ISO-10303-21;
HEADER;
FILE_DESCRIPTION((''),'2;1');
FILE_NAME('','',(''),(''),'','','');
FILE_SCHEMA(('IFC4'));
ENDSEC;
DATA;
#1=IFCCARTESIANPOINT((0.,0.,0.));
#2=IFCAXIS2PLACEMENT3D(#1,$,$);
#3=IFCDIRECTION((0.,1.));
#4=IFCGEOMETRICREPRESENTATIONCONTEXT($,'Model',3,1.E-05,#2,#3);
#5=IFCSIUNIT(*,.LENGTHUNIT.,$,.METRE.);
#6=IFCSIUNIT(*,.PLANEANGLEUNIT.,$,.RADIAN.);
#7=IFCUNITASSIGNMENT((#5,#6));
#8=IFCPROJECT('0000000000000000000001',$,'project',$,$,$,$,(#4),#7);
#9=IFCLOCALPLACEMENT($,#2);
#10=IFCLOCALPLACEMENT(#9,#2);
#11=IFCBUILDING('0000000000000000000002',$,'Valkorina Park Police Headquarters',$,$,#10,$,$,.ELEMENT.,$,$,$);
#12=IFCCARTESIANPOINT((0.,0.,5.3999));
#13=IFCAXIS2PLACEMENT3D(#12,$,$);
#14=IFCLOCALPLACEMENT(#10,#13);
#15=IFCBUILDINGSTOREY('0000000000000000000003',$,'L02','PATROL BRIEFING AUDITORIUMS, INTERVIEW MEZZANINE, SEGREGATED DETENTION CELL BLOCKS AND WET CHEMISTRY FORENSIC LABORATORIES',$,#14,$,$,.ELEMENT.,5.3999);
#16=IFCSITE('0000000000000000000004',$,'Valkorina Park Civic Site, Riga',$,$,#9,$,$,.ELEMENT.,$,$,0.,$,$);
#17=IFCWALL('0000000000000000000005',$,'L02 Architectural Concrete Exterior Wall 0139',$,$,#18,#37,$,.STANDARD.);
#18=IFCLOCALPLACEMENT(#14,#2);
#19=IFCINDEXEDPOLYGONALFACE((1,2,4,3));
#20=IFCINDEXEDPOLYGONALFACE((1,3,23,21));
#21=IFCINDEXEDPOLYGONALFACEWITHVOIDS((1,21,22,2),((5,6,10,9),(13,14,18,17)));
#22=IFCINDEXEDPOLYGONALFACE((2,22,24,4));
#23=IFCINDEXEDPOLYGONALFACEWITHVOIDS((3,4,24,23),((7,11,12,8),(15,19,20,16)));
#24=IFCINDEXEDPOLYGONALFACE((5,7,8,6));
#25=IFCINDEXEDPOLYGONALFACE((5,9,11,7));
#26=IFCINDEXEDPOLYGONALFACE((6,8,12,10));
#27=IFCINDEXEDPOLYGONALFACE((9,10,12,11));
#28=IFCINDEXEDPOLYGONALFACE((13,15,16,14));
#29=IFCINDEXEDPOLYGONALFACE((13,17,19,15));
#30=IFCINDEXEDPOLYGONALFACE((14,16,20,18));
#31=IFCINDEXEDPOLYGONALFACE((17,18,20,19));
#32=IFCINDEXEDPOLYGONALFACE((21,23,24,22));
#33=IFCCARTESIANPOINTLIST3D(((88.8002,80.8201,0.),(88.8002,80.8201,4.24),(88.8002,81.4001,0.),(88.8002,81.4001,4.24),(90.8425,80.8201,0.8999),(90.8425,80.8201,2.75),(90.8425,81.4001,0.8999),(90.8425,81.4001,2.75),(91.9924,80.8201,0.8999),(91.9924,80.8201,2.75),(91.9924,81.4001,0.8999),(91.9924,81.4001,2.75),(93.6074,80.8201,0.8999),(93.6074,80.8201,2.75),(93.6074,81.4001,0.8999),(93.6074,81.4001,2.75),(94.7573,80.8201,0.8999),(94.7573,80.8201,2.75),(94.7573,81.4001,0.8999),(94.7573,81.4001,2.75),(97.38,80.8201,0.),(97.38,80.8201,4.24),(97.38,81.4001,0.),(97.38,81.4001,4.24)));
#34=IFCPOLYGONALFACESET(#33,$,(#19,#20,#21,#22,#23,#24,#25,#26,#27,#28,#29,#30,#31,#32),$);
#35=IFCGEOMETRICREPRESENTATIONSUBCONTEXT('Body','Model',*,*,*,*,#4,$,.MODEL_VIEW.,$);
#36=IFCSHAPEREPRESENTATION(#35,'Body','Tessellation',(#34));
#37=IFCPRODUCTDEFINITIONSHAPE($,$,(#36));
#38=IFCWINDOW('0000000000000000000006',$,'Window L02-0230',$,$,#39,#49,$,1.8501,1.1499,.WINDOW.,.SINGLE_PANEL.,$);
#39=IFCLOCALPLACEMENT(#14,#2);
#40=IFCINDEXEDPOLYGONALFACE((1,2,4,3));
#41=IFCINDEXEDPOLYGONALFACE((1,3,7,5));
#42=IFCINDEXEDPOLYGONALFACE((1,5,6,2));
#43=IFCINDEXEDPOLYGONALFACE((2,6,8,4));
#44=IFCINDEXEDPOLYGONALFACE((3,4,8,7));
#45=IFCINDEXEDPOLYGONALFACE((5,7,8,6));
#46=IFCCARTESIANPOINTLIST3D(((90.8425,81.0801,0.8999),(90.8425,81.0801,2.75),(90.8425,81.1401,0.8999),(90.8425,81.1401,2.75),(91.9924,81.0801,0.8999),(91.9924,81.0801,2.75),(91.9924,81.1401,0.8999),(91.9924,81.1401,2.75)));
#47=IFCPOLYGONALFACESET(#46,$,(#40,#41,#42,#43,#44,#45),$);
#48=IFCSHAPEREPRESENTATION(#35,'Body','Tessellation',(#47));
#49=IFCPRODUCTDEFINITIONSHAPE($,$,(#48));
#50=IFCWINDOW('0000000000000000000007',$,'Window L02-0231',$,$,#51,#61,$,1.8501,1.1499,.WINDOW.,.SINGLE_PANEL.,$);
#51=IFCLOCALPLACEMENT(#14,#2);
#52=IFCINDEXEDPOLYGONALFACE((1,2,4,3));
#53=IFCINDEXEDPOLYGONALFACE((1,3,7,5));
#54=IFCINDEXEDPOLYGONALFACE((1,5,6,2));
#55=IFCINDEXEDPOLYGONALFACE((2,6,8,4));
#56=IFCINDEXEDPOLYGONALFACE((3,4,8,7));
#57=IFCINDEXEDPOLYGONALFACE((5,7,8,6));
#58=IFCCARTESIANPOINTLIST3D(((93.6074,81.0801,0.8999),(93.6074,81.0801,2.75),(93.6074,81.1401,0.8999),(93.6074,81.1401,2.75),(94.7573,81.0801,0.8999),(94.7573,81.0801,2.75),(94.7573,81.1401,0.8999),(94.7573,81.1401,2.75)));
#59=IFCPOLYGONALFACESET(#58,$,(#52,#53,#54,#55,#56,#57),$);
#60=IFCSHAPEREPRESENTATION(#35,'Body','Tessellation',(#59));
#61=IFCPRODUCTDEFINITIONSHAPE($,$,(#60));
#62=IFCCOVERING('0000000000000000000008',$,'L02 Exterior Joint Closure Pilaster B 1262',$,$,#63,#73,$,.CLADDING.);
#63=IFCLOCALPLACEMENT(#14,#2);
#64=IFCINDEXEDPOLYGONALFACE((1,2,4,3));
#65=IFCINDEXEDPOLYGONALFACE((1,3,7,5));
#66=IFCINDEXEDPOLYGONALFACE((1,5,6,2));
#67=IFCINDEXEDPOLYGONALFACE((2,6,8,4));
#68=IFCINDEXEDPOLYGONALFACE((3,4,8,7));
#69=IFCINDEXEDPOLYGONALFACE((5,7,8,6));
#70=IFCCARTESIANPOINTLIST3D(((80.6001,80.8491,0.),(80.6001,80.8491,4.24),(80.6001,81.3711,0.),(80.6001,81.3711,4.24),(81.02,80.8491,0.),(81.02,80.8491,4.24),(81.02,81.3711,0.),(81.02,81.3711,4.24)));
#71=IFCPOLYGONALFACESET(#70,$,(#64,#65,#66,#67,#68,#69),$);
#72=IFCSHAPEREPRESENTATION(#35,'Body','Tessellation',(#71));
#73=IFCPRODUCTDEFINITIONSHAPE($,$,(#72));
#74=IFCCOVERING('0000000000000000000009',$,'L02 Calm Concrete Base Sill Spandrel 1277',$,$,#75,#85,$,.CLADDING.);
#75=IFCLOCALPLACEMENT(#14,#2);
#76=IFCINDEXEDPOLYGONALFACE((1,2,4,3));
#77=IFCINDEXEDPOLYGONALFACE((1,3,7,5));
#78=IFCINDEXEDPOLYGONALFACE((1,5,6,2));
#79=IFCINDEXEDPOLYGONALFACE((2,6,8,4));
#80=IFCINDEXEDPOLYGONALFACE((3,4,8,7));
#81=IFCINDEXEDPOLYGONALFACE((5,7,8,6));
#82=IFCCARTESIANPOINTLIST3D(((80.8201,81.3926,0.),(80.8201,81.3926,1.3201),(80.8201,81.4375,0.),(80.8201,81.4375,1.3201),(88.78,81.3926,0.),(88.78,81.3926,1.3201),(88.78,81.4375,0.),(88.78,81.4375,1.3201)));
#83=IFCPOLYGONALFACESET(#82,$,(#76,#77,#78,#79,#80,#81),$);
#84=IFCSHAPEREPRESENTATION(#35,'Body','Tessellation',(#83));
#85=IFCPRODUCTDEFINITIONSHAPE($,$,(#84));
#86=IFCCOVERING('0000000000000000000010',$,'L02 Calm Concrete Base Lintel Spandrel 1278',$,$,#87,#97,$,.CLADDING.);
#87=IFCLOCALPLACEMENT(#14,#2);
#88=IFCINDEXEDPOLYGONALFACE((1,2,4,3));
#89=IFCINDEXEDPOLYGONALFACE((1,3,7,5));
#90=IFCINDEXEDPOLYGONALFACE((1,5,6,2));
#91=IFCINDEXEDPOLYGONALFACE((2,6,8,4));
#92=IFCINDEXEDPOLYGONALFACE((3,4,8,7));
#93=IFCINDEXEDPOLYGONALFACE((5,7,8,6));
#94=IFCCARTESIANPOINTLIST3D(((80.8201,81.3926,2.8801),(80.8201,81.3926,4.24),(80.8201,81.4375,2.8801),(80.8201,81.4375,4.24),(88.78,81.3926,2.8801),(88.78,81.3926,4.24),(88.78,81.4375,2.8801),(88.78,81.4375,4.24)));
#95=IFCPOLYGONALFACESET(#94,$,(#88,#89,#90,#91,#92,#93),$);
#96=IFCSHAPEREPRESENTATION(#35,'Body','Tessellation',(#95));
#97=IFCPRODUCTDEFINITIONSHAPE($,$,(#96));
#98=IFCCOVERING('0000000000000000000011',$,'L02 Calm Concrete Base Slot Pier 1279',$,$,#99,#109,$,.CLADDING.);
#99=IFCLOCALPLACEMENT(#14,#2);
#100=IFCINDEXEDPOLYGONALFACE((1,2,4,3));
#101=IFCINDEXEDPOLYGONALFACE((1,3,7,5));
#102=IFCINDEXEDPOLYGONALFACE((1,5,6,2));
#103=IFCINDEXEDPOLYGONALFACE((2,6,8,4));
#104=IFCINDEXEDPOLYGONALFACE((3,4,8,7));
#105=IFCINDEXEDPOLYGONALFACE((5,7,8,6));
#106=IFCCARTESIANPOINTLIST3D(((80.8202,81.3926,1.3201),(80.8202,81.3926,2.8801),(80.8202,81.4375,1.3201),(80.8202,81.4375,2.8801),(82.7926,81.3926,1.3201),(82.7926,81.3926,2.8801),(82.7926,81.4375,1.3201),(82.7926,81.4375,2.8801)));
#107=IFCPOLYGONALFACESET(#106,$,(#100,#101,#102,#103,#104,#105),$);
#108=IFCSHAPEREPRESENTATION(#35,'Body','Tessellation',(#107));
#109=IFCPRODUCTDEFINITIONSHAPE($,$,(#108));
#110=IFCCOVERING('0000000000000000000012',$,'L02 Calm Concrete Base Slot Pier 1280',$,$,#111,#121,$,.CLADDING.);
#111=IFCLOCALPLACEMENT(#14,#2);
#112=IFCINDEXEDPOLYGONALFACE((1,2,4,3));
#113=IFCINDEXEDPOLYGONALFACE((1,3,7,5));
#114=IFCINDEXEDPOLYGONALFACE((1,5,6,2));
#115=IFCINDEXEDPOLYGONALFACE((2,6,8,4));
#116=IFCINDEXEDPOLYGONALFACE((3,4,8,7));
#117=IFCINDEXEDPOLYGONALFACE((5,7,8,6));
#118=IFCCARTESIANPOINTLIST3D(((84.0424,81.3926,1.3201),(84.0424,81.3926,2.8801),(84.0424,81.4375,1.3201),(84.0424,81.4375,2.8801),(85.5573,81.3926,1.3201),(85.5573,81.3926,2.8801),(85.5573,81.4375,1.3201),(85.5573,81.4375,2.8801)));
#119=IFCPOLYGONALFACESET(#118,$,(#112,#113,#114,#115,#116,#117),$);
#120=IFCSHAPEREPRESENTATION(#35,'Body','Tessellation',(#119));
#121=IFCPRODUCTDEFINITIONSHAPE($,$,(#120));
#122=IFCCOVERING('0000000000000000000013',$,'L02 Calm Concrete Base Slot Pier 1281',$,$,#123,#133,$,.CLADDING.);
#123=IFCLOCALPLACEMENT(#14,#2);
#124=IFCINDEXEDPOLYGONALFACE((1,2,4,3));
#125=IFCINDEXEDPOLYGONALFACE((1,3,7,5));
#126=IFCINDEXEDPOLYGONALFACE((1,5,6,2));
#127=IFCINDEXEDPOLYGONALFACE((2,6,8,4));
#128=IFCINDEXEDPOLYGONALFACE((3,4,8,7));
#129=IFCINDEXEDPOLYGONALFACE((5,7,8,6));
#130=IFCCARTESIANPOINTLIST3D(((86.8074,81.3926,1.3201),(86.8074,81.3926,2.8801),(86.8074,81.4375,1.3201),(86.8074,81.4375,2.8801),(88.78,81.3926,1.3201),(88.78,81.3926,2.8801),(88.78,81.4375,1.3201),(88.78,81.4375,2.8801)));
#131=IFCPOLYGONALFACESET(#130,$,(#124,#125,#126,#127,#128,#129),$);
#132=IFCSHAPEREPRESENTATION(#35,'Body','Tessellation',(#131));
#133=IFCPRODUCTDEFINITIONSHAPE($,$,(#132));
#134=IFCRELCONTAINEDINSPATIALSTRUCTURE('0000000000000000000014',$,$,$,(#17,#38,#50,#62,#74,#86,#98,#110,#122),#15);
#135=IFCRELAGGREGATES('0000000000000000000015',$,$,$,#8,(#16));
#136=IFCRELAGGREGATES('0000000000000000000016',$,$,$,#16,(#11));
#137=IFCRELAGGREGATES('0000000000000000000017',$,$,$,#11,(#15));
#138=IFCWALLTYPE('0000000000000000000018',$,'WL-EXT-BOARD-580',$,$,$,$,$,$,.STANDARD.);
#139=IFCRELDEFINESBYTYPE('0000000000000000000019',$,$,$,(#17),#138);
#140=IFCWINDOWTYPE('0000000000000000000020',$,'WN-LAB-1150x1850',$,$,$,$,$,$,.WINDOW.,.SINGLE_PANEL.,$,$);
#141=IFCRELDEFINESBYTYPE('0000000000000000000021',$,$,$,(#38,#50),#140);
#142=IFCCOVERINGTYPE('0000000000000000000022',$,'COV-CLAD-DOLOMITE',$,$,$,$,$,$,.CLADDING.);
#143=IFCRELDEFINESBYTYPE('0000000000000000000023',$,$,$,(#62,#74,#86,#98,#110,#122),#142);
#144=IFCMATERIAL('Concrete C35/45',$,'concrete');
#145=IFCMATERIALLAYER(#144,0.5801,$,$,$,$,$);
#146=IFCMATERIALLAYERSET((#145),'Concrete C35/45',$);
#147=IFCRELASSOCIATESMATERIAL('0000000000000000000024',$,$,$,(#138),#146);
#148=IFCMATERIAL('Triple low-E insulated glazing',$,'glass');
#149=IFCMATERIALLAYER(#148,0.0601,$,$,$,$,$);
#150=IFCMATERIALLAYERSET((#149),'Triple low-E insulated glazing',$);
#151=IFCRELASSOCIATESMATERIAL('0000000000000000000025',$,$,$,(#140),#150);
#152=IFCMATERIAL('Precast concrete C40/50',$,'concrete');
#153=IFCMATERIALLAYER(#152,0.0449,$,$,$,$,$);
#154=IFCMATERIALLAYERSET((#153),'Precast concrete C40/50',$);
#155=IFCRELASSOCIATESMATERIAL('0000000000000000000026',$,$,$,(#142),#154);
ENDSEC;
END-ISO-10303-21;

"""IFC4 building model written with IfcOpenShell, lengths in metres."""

from ifc_helpers import new_model, si_unit, direction, frame, frame_2d, origin, origin_2d, place, context, subcontext, project, spatial, rectangle, extrude, material, layer, layer_set, type_object, element, fill, save


model = new_model("IFC4")

# Units and contexts
model_context = context("Model", 3, precision=1e-05, world=origin(), true_north=direction((0.0, 1.0)))
body_context = subcontext(model_context, "Body", "Model", "MODEL_VIEW")
ifc_project = project(units=[si_unit("LENGTHUNIT", "METRE"), si_unit("PLANEANGLEUNIT", "RADIAN")], contexts=[model_context])

# Site, building, storey
site_placement = place(None, origin())
site = spatial("IfcSite", under=ifc_project, at=site_placement, Name="Valkorina Park Civic Site, Riga", CompositionType="ELEMENT", RefElevation=0.0)
building_placement = place(site_placement, origin())
building = spatial("IfcBuilding", under=site, at=building_placement, Name="Valkorina Park Police Headquarters", CompositionType="ELEMENT")
storey_placement = place(building_placement, frame((0.0, 0.0, 5.3999)))
storey = spatial("IfcBuildingStorey", under=building, at=storey_placement, Name="L02", Description="PATROL BRIEFING AUDITORIUMS, INTERVIEW MEZZANINE, SEGREGATED DETENTION CELL BLOCKS AND WET CHEMISTRY FORENSIC LABORATORIES", CompositionType="ELEMENT", Elevation=5.3999)

# Wall, openings, windows
ifc_material_1 = material(Name="Concrete C35/45", Category="concrete")
ifc_layer_1 = layer(ifc_material_1, 0.5801)
ifc_layer_set_1 = layer_set([ifc_layer_1], Name="Concrete C35/45")
wall_type_1 = type_object("IfcWallType", Name="WL-EXT-BOARD-580", PredefinedType="STANDARD", material=ifc_layer_set_1)
ifc_material_2 = material(Name="Triple low-E insulated glazing", Category="glass")
wall_1_placement = place(storey_placement, frame((88.8, 81.1101, 0.0), z_axis=(0.0, 0.0, 1.0), x_axis=(1.0, 0.0, 0.0)))
wall_1 = element("IfcWall", 1, at=wall_1_placement, inside=storey, type_object=wall_type_1, Name="L02 Architectural Concrete Exterior Wall 0139", PredefinedType="STANDARD", context=body_context, shape_type="SweptSolid", body=[
    extrude(rectangle(XDim=8.5798, YDim=0.5801, at=frame_2d((4.29, 0.0))), origin(), (0.0, 0.0, 1.0), 4.24),
])
opening_1_placement = place(wall_1_placement, frame((2.0425, 0.0, 0.8999)))
opening_1 = element("IfcOpeningElement", 2, at=opening_1_placement, cuts=wall_1, PredefinedType="OPENING", context=body_context, shape_type="SweptSolid", body=[
    extrude(rectangle(XDim=1.1499, YDim=1.8501, at=frame_2d((0.575, 0.925))), frame((0.0, 0.3, 0.0), z_axis=(0.0, -1.0, 0.0), x_axis=(1.0, 0.0, 0.0)), (0.0, 0.0, 1.0), 0.6001),
])
opening_2_placement = place(wall_1_placement, frame((4.8074, 0.0, 0.8999)))
opening_2 = element("IfcOpeningElement", 3, at=opening_2_placement, cuts=wall_1, PredefinedType="OPENING", context=body_context, shape_type="SweptSolid", body=[
    extrude(rectangle(XDim=1.1499, YDim=1.8501, at=frame_2d((0.575, 0.925))), frame((0.0, 0.3, 0.0), z_axis=(0.0, -1.0, 0.0), x_axis=(1.0, 0.0, 0.0)), (0.0, 0.0, 1.0), 0.6001),
])
ifc_layer_2 = layer(ifc_material_2, 0.0601)
ifc_layer_set_2 = layer_set([ifc_layer_2], Name="Triple low-E insulated glazing")
window_type_1 = type_object("IfcWindowType", Name="WN-LAB-1150x1850", PartitioningType="SINGLE_PANEL", PredefinedType="WINDOW", material=ifc_layer_set_2)
window_1_placement = place(opening_1_placement, origin())
window_1 = element("IfcWindow", 4, at=window_1_placement, inside=storey, type_object=window_type_1, Name="Window L02-0230", OverallHeight=1.8501, OverallWidth=1.1499, PartitioningType="SINGLE_PANEL", PredefinedType="WINDOW", context=body_context, shape_type="SweptSolid", body=[
    extrude(rectangle(XDim=1.1499, YDim=1.8501, at=frame_2d((0.575, 0.925))), frame((0.0, 0.03, 0.0), z_axis=(0.0, -1.0, 0.0), x_axis=(1.0, 0.0, 0.0)), (0.0, 0.0, 1.0), 0.0601),
])
fill(opening_1, window_1)
window_2_placement = place(opening_2_placement, origin())
window_2 = element("IfcWindow", 5, at=window_2_placement, inside=storey, type_object=window_type_1, Name="Window L02-0231", OverallHeight=1.8501, OverallWidth=1.1499, PartitioningType="SINGLE_PANEL", PredefinedType="WINDOW", context=body_context, shape_type="SweptSolid", body=[
    extrude(rectangle(XDim=1.1499, YDim=1.8501, at=frame_2d((0.575, 0.925))), frame((0.0, 0.03, 0.0), z_axis=(0.0, -1.0, 0.0), x_axis=(1.0, 0.0, 0.0)), (0.0, 0.0, 1.0), 0.0601),
])
fill(opening_2, window_2)

# Coverings
ifc_material_3 = material(Name="Precast concrete C40/50", Category="concrete")
ifc_layer_3 = layer(ifc_material_3, 0.0449)
ifc_layer_set_3 = layer_set([ifc_layer_3], Name="Precast concrete C40/50")
covering_type = type_object("IfcCoveringType", Name="COV-CLAD-DOLOMITE", PredefinedType="CLADDING", material=ifc_layer_set_3)
covering_1_placement = place(storey_placement, frame((80.8101, 81.1101, 0.0), z_axis=(0.0, 0.0, 1.0), x_axis=(1.0, 0.0, 0.0)))
element("IfcCovering", 6, at=covering_1_placement, inside=storey, type_object=covering_type, Name="L02 Exterior Joint Closure Pilaster B 1262", PredefinedType="CLADDING", context=body_context, shape_type="SweptSolid", body=[
    extrude(rectangle(XDim=0.4199, YDim=0.522, at=origin_2d()), origin(), (0.0, 0.0, 1.0), 4.24),
])
covering_2_placement = place(storey_placement, frame((80.8201, 81.415, 0.0), z_axis=(0.0, 0.0, 1.0), x_axis=(1.0, 0.0, 0.0)))
element("IfcCovering", 7, at=covering_2_placement, inside=storey, type_object=covering_type, Name="L02 Calm Concrete Base Sill Spandrel 1277", PredefinedType="CLADDING", context=body_context, shape_type="SweptSolid", body=[
    extrude(rectangle(XDim=7.96, YDim=0.0449, at=frame_2d((3.98, 0.0))), origin(), (0.0, 0.0, 1.0), 1.3201),
])
covering_3_placement = place(storey_placement, frame((80.8201, 81.415, 2.8801), z_axis=(0.0, 0.0, 1.0), x_axis=(1.0, 0.0, 0.0)))
element("IfcCovering", 8, at=covering_3_placement, inside=storey, type_object=covering_type, Name="L02 Calm Concrete Base Lintel Spandrel 1278", PredefinedType="CLADDING", context=body_context, shape_type="SweptSolid", body=[
    extrude(rectangle(XDim=7.96, YDim=0.0449, at=frame_2d((3.98, 0.0))), origin(), (0.0, 0.0, 1.0), 1.3599),
])
covering_4_placement = place(storey_placement, frame((80.8201, 81.415, 1.3201), z_axis=(0.0, 0.0, 1.0), x_axis=(1.0, 0.0, 0.0)))
element("IfcCovering", 9, at=covering_4_placement, inside=storey, type_object=covering_type, Name="L02 Calm Concrete Base Slot Pier 1279", PredefinedType="CLADDING", context=body_context, shape_type="SweptSolid", body=[
    extrude(rectangle(XDim=1.9724, YDim=0.0449, at=frame_2d((0.9863, 0.0))), origin(), (0.0, 0.0, 1.0), 1.5601),
])
covering_5_placement = place(storey_placement, frame((84.0425, 81.415, 1.3201), z_axis=(0.0, 0.0, 1.0), x_axis=(1.0, 0.0, 0.0)))
element("IfcCovering", 10, at=covering_5_placement, inside=storey, type_object=covering_type, Name="L02 Calm Concrete Base Slot Pier 1280", PredefinedType="CLADDING", context=body_context, shape_type="SweptSolid", body=[
    extrude(rectangle(XDim=1.5149, YDim=0.0449, at=frame_2d((0.7573, 0.0))), origin(), (0.0, 0.0, 1.0), 1.5601),
])
covering_6_placement = place(storey_placement, frame((86.8074, 81.415, 1.3201), z_axis=(0.0, 0.0, 1.0), x_axis=(1.0, 0.0, 0.0)))
element("IfcCovering", 11, at=covering_6_placement, inside=storey, type_object=covering_type, Name="L02 Calm Concrete Base Slot Pier 1281", PredefinedType="CLADDING", context=body_context, shape_type="SweptSolid", body=[
    extrude(rectangle(XDim=1.9727, YDim=0.0449, at=frame_2d((0.9863, 0.0))), origin(), (0.0, 0.0, 1.0), 1.5601),
])

save(model, "model.ifc")
